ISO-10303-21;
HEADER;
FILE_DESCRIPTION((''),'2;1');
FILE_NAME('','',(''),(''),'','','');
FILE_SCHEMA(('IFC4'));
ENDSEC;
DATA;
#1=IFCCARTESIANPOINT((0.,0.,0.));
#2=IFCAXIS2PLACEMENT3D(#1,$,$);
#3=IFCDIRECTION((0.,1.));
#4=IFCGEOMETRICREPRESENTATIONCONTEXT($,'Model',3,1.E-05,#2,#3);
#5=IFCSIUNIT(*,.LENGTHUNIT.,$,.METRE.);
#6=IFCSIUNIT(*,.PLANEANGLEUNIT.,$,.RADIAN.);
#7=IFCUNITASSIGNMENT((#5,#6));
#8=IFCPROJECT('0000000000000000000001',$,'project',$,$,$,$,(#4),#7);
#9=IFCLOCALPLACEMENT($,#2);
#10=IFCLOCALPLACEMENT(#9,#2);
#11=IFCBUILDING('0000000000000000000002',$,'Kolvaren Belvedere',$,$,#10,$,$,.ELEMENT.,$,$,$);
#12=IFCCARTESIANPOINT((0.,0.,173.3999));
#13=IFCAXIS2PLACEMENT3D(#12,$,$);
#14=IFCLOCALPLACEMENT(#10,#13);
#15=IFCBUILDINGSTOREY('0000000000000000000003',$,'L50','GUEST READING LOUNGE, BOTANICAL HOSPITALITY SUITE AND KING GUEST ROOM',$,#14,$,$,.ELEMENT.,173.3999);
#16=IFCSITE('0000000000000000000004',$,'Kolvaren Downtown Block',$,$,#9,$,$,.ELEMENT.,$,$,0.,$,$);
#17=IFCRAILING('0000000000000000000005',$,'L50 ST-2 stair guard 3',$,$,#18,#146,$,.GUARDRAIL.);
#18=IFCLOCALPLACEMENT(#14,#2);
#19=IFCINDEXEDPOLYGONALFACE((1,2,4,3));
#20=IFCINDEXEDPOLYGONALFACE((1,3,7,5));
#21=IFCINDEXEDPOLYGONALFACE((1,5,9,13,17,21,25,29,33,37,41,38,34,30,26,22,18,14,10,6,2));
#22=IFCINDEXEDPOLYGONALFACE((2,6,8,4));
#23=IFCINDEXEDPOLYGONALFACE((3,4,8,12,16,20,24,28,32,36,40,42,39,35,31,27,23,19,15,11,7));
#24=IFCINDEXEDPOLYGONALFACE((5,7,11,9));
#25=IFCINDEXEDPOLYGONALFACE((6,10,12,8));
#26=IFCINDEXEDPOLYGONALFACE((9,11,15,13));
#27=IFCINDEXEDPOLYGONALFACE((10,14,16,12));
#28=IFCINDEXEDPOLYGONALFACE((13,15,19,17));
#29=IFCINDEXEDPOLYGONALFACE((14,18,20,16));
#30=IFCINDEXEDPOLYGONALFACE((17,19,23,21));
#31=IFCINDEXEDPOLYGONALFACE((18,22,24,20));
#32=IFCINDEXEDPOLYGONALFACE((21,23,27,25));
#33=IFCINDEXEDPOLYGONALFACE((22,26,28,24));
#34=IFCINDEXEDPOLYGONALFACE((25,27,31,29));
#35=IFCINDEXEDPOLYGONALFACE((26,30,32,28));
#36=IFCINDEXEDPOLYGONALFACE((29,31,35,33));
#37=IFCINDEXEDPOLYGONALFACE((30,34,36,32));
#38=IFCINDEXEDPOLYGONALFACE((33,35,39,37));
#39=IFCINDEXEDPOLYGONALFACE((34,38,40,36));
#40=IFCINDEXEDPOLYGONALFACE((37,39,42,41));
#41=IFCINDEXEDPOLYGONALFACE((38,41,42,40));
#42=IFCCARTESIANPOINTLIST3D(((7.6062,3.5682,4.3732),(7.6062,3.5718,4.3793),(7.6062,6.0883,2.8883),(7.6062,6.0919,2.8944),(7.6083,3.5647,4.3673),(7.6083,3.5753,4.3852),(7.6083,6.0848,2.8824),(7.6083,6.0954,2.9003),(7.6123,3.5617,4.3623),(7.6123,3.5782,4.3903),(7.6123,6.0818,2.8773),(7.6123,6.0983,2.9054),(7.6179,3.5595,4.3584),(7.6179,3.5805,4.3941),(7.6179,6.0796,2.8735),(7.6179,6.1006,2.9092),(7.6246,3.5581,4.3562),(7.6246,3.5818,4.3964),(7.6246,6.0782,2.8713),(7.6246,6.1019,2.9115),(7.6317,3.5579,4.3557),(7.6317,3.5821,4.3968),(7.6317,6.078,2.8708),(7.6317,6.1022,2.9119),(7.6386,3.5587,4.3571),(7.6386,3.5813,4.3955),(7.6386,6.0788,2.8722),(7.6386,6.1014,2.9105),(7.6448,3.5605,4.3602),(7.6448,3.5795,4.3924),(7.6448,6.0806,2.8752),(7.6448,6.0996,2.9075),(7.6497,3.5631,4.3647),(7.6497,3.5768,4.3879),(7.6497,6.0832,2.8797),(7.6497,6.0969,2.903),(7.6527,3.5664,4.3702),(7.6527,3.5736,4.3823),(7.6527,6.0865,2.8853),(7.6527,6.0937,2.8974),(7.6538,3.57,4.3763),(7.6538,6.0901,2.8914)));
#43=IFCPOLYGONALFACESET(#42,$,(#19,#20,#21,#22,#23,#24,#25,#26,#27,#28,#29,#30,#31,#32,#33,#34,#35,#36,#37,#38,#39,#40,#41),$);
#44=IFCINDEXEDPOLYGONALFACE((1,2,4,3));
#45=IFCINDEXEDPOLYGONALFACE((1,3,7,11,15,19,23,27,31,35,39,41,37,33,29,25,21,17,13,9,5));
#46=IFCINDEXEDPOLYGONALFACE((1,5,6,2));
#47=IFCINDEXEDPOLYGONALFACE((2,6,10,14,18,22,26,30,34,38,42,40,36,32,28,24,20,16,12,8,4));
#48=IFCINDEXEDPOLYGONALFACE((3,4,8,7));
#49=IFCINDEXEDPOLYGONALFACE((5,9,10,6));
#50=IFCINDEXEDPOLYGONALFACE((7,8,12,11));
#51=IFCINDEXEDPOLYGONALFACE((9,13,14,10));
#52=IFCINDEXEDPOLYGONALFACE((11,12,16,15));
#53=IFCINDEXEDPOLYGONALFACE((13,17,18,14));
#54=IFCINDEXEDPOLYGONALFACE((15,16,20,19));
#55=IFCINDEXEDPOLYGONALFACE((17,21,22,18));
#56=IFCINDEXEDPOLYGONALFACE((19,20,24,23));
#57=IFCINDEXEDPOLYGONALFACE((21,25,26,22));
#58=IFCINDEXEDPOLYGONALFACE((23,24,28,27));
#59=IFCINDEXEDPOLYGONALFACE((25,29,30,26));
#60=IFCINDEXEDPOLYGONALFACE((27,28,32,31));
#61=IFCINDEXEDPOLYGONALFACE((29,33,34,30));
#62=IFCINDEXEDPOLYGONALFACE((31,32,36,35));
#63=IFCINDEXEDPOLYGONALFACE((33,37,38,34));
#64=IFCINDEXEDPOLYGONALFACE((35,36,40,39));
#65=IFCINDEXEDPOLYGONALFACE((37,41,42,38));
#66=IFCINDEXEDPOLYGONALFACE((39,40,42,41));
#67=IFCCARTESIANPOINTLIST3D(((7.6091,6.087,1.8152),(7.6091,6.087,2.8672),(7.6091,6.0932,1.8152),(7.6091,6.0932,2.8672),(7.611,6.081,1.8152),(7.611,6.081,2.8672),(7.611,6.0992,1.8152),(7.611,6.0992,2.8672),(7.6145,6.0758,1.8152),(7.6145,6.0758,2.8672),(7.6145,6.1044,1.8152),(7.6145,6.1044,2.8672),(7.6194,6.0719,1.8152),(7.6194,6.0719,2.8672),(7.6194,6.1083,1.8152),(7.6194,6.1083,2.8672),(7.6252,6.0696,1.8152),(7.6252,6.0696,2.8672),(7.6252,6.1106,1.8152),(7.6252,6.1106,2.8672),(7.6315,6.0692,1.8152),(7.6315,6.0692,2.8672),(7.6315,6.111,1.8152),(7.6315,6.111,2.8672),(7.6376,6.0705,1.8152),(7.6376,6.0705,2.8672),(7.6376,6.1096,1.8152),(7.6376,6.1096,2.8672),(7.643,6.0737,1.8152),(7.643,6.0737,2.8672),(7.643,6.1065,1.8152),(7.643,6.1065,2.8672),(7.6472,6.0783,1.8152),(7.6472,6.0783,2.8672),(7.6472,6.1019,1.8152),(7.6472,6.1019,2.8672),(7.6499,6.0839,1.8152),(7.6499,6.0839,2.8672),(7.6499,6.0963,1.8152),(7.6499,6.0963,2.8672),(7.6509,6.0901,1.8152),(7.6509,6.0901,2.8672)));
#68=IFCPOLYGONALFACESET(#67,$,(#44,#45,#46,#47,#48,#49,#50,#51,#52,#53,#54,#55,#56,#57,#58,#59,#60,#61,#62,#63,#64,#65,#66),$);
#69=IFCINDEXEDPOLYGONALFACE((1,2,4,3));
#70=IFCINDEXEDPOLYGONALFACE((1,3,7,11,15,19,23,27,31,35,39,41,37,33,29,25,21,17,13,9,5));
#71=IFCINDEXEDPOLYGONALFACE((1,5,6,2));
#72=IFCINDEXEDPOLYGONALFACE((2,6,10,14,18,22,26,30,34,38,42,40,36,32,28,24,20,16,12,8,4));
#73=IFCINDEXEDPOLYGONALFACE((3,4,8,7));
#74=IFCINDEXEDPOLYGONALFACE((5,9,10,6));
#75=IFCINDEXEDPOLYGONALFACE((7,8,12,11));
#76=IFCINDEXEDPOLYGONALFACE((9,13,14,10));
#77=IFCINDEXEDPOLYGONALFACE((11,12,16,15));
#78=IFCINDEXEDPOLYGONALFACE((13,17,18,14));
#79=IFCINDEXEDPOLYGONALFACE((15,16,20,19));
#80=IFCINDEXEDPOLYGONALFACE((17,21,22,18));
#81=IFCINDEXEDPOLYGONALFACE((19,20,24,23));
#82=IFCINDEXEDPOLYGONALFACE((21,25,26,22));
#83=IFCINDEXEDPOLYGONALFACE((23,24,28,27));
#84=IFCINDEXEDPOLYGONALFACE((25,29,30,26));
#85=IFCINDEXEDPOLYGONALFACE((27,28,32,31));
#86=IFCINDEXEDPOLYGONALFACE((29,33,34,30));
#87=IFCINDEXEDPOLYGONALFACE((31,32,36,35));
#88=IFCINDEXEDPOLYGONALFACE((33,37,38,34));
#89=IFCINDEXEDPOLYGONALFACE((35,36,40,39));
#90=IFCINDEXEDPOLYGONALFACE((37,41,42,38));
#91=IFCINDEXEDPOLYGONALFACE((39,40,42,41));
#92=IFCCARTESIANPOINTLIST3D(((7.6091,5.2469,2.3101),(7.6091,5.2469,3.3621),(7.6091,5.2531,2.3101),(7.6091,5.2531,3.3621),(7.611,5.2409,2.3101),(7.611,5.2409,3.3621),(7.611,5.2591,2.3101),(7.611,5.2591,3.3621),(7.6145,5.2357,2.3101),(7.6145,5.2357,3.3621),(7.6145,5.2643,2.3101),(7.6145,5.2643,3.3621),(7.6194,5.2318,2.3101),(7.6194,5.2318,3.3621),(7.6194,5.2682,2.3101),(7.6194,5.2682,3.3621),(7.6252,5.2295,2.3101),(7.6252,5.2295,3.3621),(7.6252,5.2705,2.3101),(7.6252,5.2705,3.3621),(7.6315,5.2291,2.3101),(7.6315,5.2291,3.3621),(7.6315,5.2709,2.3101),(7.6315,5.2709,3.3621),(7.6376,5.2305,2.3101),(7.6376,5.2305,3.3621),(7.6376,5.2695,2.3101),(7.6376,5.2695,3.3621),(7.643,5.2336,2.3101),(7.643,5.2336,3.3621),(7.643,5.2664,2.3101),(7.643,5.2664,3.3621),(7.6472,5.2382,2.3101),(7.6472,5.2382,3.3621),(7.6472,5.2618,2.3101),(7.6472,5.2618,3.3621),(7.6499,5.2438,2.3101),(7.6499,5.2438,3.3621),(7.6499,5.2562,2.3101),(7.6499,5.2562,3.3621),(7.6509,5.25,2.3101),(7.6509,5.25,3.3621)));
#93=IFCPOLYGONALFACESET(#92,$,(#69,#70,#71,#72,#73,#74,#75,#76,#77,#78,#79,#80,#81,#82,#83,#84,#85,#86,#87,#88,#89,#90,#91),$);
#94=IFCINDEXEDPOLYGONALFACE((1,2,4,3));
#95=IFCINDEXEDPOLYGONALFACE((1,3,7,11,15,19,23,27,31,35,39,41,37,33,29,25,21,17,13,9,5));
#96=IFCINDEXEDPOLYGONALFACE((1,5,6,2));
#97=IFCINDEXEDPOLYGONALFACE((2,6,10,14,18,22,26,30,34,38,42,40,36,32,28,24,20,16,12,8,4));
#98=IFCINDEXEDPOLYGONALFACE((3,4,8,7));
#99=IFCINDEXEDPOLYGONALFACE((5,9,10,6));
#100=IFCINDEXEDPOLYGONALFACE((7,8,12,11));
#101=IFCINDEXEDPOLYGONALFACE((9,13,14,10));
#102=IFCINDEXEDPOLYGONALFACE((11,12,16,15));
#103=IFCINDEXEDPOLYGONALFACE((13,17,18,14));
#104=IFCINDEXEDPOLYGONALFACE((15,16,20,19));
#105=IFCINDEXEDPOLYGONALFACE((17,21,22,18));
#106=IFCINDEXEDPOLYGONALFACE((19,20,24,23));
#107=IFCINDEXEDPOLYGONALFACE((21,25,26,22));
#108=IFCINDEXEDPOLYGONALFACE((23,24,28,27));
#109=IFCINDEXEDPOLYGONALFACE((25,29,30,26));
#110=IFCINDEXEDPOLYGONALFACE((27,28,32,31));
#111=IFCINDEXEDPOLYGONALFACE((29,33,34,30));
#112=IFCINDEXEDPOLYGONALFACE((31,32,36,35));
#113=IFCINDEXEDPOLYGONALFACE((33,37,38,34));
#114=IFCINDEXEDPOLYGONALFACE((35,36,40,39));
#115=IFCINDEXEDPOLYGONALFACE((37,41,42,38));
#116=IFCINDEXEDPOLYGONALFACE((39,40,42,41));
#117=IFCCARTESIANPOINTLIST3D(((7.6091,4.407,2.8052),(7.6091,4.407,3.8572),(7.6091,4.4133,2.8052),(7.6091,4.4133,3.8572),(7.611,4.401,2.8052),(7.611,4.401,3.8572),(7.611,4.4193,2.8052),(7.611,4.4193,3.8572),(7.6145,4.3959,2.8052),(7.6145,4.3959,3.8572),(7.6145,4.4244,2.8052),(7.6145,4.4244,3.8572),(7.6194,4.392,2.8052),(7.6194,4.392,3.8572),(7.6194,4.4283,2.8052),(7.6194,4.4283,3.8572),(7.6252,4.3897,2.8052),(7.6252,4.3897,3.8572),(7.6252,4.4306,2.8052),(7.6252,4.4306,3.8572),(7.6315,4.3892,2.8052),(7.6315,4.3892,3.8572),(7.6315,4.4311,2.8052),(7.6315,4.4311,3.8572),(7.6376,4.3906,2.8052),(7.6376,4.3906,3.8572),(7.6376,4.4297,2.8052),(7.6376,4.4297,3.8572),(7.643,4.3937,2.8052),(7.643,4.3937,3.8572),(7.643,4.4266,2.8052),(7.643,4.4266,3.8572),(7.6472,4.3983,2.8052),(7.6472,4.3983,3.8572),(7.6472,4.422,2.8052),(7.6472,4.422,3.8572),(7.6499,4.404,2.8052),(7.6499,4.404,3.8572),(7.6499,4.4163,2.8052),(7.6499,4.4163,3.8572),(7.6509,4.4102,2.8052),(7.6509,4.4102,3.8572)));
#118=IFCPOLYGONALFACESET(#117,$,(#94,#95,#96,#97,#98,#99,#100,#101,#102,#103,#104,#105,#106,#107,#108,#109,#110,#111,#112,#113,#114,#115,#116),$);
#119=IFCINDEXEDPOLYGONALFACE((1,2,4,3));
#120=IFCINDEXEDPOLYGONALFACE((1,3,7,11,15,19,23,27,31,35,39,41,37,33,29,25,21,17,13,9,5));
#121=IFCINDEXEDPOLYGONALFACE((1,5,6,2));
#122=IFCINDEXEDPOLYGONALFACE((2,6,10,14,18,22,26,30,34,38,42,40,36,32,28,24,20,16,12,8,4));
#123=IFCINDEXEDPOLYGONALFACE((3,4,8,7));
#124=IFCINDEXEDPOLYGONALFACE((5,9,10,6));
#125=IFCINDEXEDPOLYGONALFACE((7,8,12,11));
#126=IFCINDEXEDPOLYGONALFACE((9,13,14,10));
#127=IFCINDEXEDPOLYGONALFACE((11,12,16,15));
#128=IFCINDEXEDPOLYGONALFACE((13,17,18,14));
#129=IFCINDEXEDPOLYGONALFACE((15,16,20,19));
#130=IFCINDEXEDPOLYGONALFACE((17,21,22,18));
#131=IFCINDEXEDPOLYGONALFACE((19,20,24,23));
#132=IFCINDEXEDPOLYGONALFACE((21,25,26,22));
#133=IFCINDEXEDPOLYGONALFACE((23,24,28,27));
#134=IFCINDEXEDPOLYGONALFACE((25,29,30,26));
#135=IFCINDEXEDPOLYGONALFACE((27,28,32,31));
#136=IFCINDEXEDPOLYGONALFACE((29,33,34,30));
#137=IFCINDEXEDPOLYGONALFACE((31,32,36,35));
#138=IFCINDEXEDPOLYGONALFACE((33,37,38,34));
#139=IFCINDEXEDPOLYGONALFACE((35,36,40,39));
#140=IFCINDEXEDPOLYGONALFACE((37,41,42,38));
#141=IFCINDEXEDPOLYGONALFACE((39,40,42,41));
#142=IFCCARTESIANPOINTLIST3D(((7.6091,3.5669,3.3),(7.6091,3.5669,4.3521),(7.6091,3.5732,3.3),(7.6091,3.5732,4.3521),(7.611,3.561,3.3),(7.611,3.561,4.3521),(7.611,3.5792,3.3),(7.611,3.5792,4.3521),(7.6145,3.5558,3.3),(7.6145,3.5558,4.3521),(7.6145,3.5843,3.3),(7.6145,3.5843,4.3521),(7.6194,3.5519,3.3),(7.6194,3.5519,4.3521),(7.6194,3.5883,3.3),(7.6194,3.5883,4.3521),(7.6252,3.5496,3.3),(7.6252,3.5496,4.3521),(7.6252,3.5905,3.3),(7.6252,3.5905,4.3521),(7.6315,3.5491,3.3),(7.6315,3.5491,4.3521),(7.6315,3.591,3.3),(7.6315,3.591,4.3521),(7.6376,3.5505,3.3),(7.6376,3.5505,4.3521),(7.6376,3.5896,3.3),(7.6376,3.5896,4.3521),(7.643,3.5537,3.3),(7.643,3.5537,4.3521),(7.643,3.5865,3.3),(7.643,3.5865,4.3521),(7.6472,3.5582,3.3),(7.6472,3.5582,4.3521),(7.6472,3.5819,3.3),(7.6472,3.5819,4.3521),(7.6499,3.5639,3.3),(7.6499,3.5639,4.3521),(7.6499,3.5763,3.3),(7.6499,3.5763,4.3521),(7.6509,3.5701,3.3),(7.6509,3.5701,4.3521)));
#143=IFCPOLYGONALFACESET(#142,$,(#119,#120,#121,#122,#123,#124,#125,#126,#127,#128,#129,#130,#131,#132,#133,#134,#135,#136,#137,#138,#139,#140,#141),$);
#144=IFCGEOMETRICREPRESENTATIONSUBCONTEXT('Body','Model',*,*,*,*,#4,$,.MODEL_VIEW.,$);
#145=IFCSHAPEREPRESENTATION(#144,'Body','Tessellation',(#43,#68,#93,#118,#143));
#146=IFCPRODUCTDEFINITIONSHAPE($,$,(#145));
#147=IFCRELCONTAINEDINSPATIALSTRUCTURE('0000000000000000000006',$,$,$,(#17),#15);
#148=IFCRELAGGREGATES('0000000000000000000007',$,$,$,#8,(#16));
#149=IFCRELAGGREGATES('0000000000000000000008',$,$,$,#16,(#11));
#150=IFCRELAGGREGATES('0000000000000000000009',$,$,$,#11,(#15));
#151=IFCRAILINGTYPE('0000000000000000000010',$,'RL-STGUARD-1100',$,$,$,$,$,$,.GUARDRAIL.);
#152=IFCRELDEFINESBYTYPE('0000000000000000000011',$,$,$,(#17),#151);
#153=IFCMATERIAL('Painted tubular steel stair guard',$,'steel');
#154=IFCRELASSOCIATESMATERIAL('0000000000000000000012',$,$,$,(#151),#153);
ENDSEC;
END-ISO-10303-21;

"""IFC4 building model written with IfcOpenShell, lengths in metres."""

from ifc_helpers import new_model, si_unit, direction, frame, origin, origin_2d, place, context, subcontext, project, spatial, circle, extrude, material, type_object, element, save


model = new_model("IFC4")

# Units and contexts
model_context = context("Model", 3, precision=1e-05, world=origin(), true_north=direction((0.0, 1.0)))
body_context = subcontext(model_context, "Body", "Model", "MODEL_VIEW")
ifc_project = project(units=[si_unit("LENGTHUNIT", "METRE"), si_unit("PLANEANGLEUNIT", "RADIAN")], contexts=[model_context])

# Site, building, storey
site_placement = place(None, origin())
site = spatial("IfcSite", under=ifc_project, at=site_placement, Name="Kolvaren Downtown Block", CompositionType="ELEMENT", RefElevation=0.0)
building_placement = place(site_placement, origin())
building = spatial("IfcBuilding", under=site, at=building_placement, Name="Kolvaren Belvedere", CompositionType="ELEMENT")
storey_placement = place(building_placement, frame((0.0, 0.0, 173.3999)))
storey = spatial("IfcBuildingStorey", under=building, at=storey_placement, Name="L50", Description="GUEST READING LOUNGE, BOTANICAL HOSPITALITY SUITE AND KING GUEST ROOM", CompositionType="ELEMENT", Elevation=173.3999)

# Railing
ifc_material_1 = material(Name="Painted tubular steel stair guard", Category="steel")
railing_type_1 = type_object("IfcRailingType", Name="RL-STGUARD-1100", PredefinedType="GUARDRAIL", material=ifc_material_1)
railing_1_placement = place(storey_placement, frame((7.6299, 6.0901, 1.8152)))
element("IfcRailing", 1, at=railing_1_placement, inside=storey, type_object=railing_type_1, Name="L50 ST-2 stair guard 3", PredefinedType="GUARDRAIL", context=body_context, shape_type="SweptSolid", body=[
    extrude(circle(Radius=0.0239, at=origin_2d()), frame((0.0, 0.0, 1.0762), z_axis=(0.0, -0.861561, 0.507655), x_axis=(1.0, 0.0, 0.0)), (0.0, 0.0, 1.0), 2.925),
    extrude(circle(Radius=0.021, at=origin_2d()), origin(), (0.0, 0.0, 1.0), 1.052),
    extrude(circle(Radius=0.021, at=origin_2d()), frame((0.0, -0.8401, 0.4949)), (0.0, 0.0, 1.0), 1.052),
    extrude(circle(Radius=0.021, at=origin_2d()), frame((0.0, -1.6799, 0.99)), (0.0, 0.0, 1.0), 1.052),
    extrude(circle(Radius=0.021, at=origin_2d()), frame((0.0, -2.52, 1.4849)), (0.0, 0.0, 1.0), 1.052),
])

save(model, "model.ifc")
